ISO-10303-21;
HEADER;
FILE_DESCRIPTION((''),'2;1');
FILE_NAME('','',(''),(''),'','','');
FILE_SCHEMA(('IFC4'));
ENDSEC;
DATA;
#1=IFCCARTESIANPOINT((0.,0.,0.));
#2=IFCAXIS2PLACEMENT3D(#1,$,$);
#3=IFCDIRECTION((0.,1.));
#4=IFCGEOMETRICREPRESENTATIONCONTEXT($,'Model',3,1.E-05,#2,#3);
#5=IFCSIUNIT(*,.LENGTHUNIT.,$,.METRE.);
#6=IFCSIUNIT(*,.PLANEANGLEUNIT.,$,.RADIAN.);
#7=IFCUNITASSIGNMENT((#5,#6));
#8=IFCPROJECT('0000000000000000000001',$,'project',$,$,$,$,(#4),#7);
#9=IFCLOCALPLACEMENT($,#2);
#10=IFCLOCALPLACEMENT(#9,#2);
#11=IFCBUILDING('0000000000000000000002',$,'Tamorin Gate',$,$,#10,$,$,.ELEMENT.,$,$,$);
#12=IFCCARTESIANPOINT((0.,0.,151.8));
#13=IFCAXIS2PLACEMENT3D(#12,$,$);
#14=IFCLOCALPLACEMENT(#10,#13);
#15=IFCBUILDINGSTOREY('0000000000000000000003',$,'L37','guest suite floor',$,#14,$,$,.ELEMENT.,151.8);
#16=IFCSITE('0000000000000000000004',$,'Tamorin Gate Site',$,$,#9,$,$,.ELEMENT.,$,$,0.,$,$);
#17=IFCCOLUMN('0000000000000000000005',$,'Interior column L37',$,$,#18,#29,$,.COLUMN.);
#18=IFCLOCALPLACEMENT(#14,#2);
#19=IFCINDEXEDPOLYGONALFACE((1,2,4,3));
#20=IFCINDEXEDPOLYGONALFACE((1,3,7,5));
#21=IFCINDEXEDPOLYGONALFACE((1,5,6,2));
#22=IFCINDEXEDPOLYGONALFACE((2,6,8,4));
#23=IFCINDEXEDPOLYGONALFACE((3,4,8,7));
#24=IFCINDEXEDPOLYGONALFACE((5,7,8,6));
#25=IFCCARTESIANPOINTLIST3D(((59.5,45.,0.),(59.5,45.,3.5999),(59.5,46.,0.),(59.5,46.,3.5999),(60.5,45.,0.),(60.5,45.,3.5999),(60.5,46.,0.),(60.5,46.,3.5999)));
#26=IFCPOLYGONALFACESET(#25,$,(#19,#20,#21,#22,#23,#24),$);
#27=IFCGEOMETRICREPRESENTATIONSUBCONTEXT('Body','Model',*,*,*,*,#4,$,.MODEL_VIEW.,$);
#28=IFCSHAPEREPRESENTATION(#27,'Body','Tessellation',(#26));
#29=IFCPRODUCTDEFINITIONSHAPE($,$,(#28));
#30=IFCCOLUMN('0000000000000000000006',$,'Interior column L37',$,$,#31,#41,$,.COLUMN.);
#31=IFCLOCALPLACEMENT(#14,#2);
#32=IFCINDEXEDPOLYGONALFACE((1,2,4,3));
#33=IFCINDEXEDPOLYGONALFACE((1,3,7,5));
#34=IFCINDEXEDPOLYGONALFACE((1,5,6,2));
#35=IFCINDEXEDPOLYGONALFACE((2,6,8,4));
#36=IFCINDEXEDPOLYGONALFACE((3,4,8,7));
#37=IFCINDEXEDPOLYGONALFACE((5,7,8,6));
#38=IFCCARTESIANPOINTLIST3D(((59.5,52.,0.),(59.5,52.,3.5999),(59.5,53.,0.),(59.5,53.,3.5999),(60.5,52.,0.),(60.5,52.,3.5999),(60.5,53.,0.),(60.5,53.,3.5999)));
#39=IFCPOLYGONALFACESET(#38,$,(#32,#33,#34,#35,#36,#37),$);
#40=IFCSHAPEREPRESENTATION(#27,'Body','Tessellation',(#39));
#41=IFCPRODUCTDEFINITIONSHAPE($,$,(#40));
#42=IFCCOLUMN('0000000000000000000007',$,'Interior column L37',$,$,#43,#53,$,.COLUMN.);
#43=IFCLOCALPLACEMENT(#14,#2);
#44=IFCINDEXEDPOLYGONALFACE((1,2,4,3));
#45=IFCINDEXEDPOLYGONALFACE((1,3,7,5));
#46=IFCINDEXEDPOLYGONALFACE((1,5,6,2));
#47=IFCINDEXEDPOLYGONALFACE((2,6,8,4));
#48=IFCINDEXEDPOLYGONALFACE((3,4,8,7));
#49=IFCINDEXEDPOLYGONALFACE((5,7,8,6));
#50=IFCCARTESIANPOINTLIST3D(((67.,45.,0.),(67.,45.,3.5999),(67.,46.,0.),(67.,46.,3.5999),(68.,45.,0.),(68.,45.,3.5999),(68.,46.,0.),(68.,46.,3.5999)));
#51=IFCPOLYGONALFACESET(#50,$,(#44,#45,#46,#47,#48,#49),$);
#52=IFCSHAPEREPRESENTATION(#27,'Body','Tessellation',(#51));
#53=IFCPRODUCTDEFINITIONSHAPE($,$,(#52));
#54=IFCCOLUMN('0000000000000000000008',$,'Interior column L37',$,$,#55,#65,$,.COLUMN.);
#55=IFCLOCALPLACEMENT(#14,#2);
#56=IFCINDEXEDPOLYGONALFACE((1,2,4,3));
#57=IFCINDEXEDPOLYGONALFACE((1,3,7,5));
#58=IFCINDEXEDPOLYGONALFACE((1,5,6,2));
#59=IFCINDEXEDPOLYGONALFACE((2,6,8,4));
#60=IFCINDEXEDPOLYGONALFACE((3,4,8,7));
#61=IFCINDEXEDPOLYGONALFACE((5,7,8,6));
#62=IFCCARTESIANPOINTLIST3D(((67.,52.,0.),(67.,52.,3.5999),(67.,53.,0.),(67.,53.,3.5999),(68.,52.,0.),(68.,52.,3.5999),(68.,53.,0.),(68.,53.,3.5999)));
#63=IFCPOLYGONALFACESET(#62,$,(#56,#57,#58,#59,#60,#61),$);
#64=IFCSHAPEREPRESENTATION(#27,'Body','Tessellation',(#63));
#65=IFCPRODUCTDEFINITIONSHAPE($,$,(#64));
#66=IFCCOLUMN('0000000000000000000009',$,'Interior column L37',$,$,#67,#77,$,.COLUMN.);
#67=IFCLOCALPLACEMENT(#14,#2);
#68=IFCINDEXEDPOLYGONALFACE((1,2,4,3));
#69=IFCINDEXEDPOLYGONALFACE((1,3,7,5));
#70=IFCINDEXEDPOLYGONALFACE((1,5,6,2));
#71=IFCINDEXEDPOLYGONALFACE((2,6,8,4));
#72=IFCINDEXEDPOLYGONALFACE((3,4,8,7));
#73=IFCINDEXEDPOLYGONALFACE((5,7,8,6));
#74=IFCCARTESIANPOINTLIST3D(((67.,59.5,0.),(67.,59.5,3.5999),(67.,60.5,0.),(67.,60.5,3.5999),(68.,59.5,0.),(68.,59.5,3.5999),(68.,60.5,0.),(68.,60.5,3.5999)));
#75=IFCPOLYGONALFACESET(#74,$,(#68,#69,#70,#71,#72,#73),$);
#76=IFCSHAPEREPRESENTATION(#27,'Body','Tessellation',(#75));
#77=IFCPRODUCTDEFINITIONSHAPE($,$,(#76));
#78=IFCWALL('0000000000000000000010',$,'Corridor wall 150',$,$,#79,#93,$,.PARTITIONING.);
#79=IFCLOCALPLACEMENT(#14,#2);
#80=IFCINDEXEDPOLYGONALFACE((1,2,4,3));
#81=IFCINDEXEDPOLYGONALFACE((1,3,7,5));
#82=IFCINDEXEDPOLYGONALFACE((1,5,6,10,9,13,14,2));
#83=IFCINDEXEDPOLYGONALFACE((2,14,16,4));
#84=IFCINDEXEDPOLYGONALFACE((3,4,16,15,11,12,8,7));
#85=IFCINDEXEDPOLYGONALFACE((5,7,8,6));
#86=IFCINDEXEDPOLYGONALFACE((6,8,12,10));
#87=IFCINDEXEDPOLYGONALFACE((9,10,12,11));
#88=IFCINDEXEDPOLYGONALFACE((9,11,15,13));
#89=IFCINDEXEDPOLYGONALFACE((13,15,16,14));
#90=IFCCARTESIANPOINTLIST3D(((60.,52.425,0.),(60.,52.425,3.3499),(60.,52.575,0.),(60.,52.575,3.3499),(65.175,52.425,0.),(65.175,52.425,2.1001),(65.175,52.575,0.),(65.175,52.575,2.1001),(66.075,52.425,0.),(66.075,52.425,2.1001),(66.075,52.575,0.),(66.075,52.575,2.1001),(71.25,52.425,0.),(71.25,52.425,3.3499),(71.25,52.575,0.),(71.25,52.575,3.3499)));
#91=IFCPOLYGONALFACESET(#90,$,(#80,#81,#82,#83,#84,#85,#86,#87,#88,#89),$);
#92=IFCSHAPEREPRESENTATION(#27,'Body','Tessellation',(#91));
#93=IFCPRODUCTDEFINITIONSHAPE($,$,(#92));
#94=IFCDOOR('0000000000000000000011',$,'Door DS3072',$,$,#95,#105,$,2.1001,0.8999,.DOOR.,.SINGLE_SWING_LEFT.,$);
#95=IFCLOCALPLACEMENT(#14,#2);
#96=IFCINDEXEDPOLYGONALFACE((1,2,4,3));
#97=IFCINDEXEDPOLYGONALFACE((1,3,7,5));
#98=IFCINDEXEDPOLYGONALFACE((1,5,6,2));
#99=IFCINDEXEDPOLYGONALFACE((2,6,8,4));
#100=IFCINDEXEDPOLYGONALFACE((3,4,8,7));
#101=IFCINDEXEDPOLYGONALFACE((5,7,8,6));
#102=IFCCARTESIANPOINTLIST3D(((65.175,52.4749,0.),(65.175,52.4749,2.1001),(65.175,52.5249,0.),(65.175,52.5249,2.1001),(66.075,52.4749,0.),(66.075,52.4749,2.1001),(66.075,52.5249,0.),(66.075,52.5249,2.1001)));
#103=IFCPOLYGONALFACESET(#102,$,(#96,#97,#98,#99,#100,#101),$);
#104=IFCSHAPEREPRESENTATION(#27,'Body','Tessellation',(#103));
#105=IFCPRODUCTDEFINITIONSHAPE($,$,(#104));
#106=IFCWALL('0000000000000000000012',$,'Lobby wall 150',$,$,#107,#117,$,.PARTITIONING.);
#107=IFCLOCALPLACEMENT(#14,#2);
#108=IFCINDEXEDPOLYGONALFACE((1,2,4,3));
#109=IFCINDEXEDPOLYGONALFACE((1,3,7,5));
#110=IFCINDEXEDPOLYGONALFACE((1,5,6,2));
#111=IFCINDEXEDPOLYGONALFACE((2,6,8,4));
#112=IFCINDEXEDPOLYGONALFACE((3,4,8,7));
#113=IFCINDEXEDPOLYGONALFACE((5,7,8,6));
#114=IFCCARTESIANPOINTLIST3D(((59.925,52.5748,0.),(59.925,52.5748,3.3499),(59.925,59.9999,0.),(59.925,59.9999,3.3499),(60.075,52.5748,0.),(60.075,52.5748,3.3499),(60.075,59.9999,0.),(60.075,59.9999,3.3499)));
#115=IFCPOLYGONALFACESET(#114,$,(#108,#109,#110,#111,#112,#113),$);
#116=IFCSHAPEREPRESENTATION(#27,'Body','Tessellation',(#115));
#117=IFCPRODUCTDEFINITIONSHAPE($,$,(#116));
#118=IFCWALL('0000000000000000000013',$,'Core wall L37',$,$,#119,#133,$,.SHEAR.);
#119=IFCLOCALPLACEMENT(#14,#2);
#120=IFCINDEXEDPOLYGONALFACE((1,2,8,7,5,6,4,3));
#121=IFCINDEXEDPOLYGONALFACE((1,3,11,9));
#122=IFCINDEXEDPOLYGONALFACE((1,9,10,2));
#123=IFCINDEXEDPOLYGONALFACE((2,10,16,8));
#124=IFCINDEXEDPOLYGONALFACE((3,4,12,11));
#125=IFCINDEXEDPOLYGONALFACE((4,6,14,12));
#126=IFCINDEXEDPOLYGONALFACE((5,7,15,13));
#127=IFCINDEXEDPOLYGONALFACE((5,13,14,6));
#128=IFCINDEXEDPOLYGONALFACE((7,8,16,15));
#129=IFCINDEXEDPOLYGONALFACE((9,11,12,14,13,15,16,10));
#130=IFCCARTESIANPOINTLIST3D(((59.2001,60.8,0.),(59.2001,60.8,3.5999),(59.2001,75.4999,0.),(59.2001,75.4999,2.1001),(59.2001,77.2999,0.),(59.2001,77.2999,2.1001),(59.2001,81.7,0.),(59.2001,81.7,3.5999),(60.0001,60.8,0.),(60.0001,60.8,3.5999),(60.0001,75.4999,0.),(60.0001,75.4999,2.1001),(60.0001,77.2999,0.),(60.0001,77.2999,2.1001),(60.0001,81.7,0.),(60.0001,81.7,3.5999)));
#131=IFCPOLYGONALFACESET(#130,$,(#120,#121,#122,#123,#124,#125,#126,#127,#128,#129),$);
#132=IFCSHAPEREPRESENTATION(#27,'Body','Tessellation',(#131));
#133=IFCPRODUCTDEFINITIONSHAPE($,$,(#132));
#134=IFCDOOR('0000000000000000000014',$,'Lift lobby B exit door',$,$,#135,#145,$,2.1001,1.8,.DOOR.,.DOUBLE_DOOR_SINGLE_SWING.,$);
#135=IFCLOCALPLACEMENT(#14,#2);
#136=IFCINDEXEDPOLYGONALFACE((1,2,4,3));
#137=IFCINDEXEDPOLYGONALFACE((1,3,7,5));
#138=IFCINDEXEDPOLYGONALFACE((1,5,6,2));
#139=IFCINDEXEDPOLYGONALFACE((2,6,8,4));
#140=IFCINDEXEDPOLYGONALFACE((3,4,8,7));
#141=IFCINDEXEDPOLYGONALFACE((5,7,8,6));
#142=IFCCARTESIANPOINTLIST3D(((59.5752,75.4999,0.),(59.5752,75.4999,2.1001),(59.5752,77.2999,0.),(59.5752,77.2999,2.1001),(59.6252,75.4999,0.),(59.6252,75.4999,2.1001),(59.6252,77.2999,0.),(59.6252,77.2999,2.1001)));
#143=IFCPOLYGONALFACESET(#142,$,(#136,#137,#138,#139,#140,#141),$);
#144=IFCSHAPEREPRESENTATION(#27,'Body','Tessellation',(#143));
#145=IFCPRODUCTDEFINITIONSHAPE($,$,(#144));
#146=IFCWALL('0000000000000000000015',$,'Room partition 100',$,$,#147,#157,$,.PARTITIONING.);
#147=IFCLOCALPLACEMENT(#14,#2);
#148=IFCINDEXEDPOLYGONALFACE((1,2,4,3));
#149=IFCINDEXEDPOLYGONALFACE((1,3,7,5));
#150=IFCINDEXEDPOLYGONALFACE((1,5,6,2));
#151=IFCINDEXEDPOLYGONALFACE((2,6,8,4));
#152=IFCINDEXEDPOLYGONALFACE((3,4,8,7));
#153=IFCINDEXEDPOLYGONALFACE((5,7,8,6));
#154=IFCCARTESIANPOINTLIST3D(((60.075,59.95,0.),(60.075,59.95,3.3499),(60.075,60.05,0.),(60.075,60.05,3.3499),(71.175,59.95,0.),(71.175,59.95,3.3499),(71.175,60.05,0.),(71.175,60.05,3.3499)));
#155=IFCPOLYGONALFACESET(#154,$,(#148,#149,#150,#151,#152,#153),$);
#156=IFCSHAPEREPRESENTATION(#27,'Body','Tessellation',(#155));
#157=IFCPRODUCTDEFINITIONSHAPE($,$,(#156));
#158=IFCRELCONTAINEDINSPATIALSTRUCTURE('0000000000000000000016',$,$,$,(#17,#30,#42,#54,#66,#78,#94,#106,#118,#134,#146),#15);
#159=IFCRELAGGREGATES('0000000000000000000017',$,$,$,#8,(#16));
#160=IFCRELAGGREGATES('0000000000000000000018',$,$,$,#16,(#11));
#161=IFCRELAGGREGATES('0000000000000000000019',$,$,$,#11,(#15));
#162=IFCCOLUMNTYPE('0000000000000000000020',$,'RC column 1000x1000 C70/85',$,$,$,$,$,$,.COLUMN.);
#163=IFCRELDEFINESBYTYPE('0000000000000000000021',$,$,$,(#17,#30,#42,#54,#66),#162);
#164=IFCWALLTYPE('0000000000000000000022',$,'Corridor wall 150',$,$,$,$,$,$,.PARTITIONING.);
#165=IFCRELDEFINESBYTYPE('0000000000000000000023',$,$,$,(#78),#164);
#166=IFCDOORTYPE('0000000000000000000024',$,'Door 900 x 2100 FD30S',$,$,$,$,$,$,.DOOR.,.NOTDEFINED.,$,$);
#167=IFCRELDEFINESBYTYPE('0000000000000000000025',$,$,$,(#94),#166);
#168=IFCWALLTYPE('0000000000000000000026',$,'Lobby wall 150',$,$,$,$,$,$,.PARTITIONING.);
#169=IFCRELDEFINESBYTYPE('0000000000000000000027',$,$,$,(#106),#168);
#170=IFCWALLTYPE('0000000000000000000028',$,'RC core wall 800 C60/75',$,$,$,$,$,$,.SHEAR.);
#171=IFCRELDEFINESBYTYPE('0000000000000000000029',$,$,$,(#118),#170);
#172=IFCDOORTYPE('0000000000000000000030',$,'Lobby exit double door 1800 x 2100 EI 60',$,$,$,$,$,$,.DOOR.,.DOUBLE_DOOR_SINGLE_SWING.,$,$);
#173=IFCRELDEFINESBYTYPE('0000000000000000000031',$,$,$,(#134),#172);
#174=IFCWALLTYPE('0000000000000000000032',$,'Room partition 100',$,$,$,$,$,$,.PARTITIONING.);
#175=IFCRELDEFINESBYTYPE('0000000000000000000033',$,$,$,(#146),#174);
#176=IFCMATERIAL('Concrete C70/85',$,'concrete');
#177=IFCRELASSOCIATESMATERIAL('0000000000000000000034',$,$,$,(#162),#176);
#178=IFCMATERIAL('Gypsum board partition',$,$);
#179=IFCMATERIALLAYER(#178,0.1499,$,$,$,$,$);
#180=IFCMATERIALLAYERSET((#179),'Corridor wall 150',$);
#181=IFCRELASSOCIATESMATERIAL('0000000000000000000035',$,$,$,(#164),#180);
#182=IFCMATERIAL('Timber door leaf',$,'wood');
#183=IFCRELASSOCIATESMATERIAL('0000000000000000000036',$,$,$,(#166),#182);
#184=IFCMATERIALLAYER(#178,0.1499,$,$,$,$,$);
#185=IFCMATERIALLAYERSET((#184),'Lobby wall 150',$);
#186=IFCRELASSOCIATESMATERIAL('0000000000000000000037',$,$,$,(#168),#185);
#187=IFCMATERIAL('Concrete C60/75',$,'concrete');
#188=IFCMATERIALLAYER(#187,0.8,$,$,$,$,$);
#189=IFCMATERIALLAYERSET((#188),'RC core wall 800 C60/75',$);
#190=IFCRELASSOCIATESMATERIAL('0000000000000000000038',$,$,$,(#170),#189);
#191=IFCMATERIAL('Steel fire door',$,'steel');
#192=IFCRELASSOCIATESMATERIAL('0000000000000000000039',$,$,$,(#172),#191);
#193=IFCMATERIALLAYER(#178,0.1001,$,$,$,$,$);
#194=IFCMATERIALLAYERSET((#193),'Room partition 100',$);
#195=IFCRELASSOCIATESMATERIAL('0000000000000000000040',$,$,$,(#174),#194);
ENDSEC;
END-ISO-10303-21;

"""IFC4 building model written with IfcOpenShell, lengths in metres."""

from ifc_helpers import new_model, si_unit, direction, frame, frame_2d, origin, origin_2d, place, context, subcontext, project, spatial, rectangle, extrude, material, layer, layer_set, material_profile, profile_set, type_object, element, fill, save


model = new_model("IFC4")

# Units and contexts
model_context = context("Model", 3, precision=1e-05, world=origin(), true_north=direction((0.0, 1.0)))
body_context = subcontext(model_context, "Body", "Model", "MODEL_VIEW")
ifc_project = project(units=[si_unit("LENGTHUNIT", "METRE"), si_unit("PLANEANGLEUNIT", "RADIAN")], contexts=[model_context])

# Site, building, storey
site_placement = place(None, origin())
site = spatial("IfcSite", under=ifc_project, at=site_placement, Name="Tamorin Gate Site", CompositionType="ELEMENT", RefElevation=0.0)
building_placement = place(site_placement, origin())
building = spatial("IfcBuilding", under=site, at=building_placement, Name="Tamorin Gate", CompositionType="ELEMENT")
storey_placement = place(building_placement, frame((0.0, 0.0, 151.8)))
storey = spatial("IfcBuildingStorey", under=building, at=storey_placement, Name="L37", Description="guest suite floor", CompositionType="ELEMENT", Elevation=151.8)

# Columns
ifc_material_1 = material(Name="Concrete C70/85", Category="concrete")
ifc_material_profile = material_profile(ifc_material_1, rectangle(XDim=1.0, YDim=1.0, at=origin_2d()), Name="RC 1000x1000")
ifc_profile_set = profile_set([ifc_material_profile], Name="Concrete C70/85")
column_type = type_object("IfcColumnType", Name="RC column 1000x1000 C70/85", PredefinedType="COLUMN", material=ifc_profile_set)
for number, where, z_axis, x_axis, name in (
    (1, (60.0, 45.5, 0.0), (0.0, 0.0, 1.0), (1.0, 0.0, 0.0), "Interior column L37"),
    (2, (60.0, 52.5, 0.0), (0.0, 0.0, 1.0), (1.0, 0.0, 0.0), "Interior column L37"),
    (3, (67.5, 45.5, 0.0), (0.0, 0.0, 1.0), (1.0, 0.0, 0.0), "Interior column L37"),
    (4, (67.5, 52.5, 0.0), (0.0, 0.0, 1.0), (1.0, 0.0, 0.0), "Interior column L37"),
    (5, (67.5, 60.0, 0.0), (0.0, 0.0, 1.0), (1.0, 0.0, 0.0), "Interior column L37"),
):
    element("IfcColumn", number, at=place(storey_placement, frame(where, z_axis=z_axis, x_axis=x_axis)), inside=storey, type_object=column_type, Name=name, PredefinedType="COLUMN", context=body_context, shape_type="SweptSolid", body=[
        extrude(rectangle(XDim=1.0, YDim=1.0, at=origin_2d()), origin(), (0.0, 0.0, 1.0), 3.5999),
    ])

# Wall, opening, door
ifc_material_2 = material(Name="Gypsum board partition")
ifc_layer_1 = layer(ifc_material_2, 0.1499)
ifc_layer_set_1 = layer_set([ifc_layer_1], Name="Corridor wall 150")
wall_type_1 = type_object("IfcWallType", Name="Corridor wall 150", PredefinedType="PARTITIONING", material=ifc_layer_set_1)
wall_1_placement = place(storey_placement, frame((60.0, 52.5, 0.0), z_axis=(0.0, 0.0, 1.0), x_axis=(1.0, 0.0, 0.0)))
wall_1 = element("IfcWall", 6, at=wall_1_placement, inside=storey, type_object=wall_type_1, Name="Corridor wall 150", PredefinedType="PARTITIONING", context=body_context, shape_type="SweptSolid", body=[
    extrude(rectangle(XDim=11.25, YDim=0.1499, at=frame_2d((5.625, 0.0))), origin(), (0.0, 0.0, 1.0), 3.3499),
])
opening_1_placement = place(wall_1_placement, frame((5.175, 0.0, 0.0)))
opening_1 = element("IfcOpeningElement", 7, at=opening_1_placement, cuts=wall_1, PredefinedType="OPENING", context=body_context, shape_type="SweptSolid", body=[
    extrude(rectangle(XDim=0.8999, YDim=2.1001, at=frame_2d((0.45, 1.05))), frame((0.0, 0.085, 0.0), z_axis=(0.0, -1.0, 0.0), x_axis=(1.0, 0.0, 0.0)), (0.0, 0.0, 1.0), 0.1699),
])
ifc_material_3 = material(Name="Timber door leaf", Category="wood")
door_type_1 = type_object("IfcDoorType", Name="Door 900 x 2100 FD30S", OperationType="NOTDEFINED", PredefinedType="DOOR", material=ifc_material_3)
door_1_placement = place(opening_1_placement, origin())
door_1 = element("IfcDoor", 8, at=door_1_placement, inside=storey, type_object=door_type_1, Name="Door DS3072", OperationType="SINGLE_SWING_LEFT", OverallHeight=2.1001, OverallWidth=0.8999, PredefinedType="DOOR", context=body_context, shape_type="SweptSolid", body=[
    extrude(rectangle(XDim=0.8999, YDim=2.1001, at=frame_2d((0.45, 1.05))), frame((0.0, 0.0249, 0.0), z_axis=(0.0, -1.0, 0.0), x_axis=(1.0, 0.0, 0.0)), (0.0, 0.0, 1.0), 0.05),
])
fill(opening_1, door_1)

# Wall
ifc_layer_2 = layer(ifc_material_2, 0.1499)
ifc_layer_set_2 = layer_set([ifc_layer_2], Name="Lobby wall 150")
wall_type_2 = type_object("IfcWallType", Name="Lobby wall 150", PredefinedType="PARTITIONING", material=ifc_layer_set_2)
wall_2_placement = place(storey_placement, frame((60.0, 52.575, 0.0), z_axis=(0.0, 0.0, 1.0), x_axis=(0.0, 1.0, 0.0)))
element("IfcWall", 9, at=wall_2_placement, inside=storey, type_object=wall_type_2, Name="Lobby wall 150", PredefinedType="PARTITIONING", context=body_context, shape_type="SweptSolid", body=[
    extrude(rectangle(XDim=7.425, YDim=0.1499, at=frame_2d((3.7124, 0.0))), origin(), (0.0, 0.0, 1.0), 3.3499),
])

# Wall, opening, door
ifc_material_4 = material(Name="Concrete C60/75", Category="concrete")
ifc_layer_3 = layer(ifc_material_4, 0.8)
ifc_layer_set_3 = layer_set([ifc_layer_3], Name="RC core wall 800 C60/75")
wall_type_3 = type_object("IfcWallType", Name="RC core wall 800 C60/75", PredefinedType="SHEAR", material=ifc_layer_set_3)
wall_3_placement = place(storey_placement, frame((59.6001, 60.8, 0.0), z_axis=(0.0, 0.0, 1.0), x_axis=(0.0, 1.0, 0.0)))
wall_3 = element("IfcWall", 10, at=wall_3_placement, inside=storey, type_object=wall_type_3, Name="Core wall L37", PredefinedType="SHEAR", context=body_context, shape_type="SweptSolid", body=[
    extrude(rectangle(XDim=20.8999, YDim=0.8, at=frame_2d((10.45, 0.0))), origin(), (0.0, 0.0, 1.0), 3.5999),
])
opening_2_placement = place(wall_3_placement, frame((14.7, 0.0, 0.0)))
opening_2 = element("IfcOpeningElement", 11, at=opening_2_placement, cuts=wall_3, PredefinedType="OPENING", context=body_context, shape_type="SweptSolid", body=[
    extrude(rectangle(XDim=1.8, YDim=2.1001, at=frame_2d((0.8999, 1.05))), frame((0.0, 0.4099, 0.0), z_axis=(0.0, -1.0, 0.0), x_axis=(1.0, 0.0, 0.0)), (0.0, 0.0, 1.0), 0.8201),
])
ifc_material_5 = material(Name="Steel fire door", Category="steel")
door_type_2 = type_object("IfcDoorType", Name="Lobby exit double door 1800 x 2100 EI 60", OperationType="DOUBLE_DOOR_SINGLE_SWING", PredefinedType="DOOR", material=ifc_material_5)
door_2_placement = place(opening_2_placement, origin())
door_2 = element("IfcDoor", 12, at=door_2_placement, inside=storey, type_object=door_type_2, Name="Lift lobby B exit door", OperationType="DOUBLE_DOOR_SINGLE_SWING", OverallHeight=2.1001, OverallWidth=1.8, PredefinedType="DOOR", context=body_context, shape_type="SweptSolid", body=[
    extrude(rectangle(XDim=1.8, YDim=2.1001, at=frame_2d((0.8999, 1.05))), frame((0.0, 0.0249, 0.0), z_axis=(0.0, -1.0, 0.0), x_axis=(1.0, 0.0, 0.0)), (0.0, 0.0, 1.0), 0.05),
])
fill(opening_2, door_2)

# Wall
ifc_layer_4 = layer(ifc_material_2, 0.1001)
ifc_layer_set_4 = layer_set([ifc_layer_4], Name="Room partition 100")
wall_type_4 = type_object("IfcWallType", Name="Room partition 100", PredefinedType="PARTITIONING", material=ifc_layer_set_4)
wall_4_placement = place(storey_placement, frame((60.075, 60.0, 0.0), z_axis=(0.0, 0.0, 1.0), x_axis=(1.0, 0.0, 0.0)))
element("IfcWall", 13, at=wall_4_placement, inside=storey, type_object=wall_type_4, Name="Room partition 100", PredefinedType="PARTITIONING", context=body_context, shape_type="SweptSolid", body=[
    extrude(rectangle(XDim=11.1001, YDim=0.1001, at=frame_2d((5.55, 0.0))), origin(), (0.0, 0.0, 1.0), 3.3499),
])

save(model, "model.ifc")
